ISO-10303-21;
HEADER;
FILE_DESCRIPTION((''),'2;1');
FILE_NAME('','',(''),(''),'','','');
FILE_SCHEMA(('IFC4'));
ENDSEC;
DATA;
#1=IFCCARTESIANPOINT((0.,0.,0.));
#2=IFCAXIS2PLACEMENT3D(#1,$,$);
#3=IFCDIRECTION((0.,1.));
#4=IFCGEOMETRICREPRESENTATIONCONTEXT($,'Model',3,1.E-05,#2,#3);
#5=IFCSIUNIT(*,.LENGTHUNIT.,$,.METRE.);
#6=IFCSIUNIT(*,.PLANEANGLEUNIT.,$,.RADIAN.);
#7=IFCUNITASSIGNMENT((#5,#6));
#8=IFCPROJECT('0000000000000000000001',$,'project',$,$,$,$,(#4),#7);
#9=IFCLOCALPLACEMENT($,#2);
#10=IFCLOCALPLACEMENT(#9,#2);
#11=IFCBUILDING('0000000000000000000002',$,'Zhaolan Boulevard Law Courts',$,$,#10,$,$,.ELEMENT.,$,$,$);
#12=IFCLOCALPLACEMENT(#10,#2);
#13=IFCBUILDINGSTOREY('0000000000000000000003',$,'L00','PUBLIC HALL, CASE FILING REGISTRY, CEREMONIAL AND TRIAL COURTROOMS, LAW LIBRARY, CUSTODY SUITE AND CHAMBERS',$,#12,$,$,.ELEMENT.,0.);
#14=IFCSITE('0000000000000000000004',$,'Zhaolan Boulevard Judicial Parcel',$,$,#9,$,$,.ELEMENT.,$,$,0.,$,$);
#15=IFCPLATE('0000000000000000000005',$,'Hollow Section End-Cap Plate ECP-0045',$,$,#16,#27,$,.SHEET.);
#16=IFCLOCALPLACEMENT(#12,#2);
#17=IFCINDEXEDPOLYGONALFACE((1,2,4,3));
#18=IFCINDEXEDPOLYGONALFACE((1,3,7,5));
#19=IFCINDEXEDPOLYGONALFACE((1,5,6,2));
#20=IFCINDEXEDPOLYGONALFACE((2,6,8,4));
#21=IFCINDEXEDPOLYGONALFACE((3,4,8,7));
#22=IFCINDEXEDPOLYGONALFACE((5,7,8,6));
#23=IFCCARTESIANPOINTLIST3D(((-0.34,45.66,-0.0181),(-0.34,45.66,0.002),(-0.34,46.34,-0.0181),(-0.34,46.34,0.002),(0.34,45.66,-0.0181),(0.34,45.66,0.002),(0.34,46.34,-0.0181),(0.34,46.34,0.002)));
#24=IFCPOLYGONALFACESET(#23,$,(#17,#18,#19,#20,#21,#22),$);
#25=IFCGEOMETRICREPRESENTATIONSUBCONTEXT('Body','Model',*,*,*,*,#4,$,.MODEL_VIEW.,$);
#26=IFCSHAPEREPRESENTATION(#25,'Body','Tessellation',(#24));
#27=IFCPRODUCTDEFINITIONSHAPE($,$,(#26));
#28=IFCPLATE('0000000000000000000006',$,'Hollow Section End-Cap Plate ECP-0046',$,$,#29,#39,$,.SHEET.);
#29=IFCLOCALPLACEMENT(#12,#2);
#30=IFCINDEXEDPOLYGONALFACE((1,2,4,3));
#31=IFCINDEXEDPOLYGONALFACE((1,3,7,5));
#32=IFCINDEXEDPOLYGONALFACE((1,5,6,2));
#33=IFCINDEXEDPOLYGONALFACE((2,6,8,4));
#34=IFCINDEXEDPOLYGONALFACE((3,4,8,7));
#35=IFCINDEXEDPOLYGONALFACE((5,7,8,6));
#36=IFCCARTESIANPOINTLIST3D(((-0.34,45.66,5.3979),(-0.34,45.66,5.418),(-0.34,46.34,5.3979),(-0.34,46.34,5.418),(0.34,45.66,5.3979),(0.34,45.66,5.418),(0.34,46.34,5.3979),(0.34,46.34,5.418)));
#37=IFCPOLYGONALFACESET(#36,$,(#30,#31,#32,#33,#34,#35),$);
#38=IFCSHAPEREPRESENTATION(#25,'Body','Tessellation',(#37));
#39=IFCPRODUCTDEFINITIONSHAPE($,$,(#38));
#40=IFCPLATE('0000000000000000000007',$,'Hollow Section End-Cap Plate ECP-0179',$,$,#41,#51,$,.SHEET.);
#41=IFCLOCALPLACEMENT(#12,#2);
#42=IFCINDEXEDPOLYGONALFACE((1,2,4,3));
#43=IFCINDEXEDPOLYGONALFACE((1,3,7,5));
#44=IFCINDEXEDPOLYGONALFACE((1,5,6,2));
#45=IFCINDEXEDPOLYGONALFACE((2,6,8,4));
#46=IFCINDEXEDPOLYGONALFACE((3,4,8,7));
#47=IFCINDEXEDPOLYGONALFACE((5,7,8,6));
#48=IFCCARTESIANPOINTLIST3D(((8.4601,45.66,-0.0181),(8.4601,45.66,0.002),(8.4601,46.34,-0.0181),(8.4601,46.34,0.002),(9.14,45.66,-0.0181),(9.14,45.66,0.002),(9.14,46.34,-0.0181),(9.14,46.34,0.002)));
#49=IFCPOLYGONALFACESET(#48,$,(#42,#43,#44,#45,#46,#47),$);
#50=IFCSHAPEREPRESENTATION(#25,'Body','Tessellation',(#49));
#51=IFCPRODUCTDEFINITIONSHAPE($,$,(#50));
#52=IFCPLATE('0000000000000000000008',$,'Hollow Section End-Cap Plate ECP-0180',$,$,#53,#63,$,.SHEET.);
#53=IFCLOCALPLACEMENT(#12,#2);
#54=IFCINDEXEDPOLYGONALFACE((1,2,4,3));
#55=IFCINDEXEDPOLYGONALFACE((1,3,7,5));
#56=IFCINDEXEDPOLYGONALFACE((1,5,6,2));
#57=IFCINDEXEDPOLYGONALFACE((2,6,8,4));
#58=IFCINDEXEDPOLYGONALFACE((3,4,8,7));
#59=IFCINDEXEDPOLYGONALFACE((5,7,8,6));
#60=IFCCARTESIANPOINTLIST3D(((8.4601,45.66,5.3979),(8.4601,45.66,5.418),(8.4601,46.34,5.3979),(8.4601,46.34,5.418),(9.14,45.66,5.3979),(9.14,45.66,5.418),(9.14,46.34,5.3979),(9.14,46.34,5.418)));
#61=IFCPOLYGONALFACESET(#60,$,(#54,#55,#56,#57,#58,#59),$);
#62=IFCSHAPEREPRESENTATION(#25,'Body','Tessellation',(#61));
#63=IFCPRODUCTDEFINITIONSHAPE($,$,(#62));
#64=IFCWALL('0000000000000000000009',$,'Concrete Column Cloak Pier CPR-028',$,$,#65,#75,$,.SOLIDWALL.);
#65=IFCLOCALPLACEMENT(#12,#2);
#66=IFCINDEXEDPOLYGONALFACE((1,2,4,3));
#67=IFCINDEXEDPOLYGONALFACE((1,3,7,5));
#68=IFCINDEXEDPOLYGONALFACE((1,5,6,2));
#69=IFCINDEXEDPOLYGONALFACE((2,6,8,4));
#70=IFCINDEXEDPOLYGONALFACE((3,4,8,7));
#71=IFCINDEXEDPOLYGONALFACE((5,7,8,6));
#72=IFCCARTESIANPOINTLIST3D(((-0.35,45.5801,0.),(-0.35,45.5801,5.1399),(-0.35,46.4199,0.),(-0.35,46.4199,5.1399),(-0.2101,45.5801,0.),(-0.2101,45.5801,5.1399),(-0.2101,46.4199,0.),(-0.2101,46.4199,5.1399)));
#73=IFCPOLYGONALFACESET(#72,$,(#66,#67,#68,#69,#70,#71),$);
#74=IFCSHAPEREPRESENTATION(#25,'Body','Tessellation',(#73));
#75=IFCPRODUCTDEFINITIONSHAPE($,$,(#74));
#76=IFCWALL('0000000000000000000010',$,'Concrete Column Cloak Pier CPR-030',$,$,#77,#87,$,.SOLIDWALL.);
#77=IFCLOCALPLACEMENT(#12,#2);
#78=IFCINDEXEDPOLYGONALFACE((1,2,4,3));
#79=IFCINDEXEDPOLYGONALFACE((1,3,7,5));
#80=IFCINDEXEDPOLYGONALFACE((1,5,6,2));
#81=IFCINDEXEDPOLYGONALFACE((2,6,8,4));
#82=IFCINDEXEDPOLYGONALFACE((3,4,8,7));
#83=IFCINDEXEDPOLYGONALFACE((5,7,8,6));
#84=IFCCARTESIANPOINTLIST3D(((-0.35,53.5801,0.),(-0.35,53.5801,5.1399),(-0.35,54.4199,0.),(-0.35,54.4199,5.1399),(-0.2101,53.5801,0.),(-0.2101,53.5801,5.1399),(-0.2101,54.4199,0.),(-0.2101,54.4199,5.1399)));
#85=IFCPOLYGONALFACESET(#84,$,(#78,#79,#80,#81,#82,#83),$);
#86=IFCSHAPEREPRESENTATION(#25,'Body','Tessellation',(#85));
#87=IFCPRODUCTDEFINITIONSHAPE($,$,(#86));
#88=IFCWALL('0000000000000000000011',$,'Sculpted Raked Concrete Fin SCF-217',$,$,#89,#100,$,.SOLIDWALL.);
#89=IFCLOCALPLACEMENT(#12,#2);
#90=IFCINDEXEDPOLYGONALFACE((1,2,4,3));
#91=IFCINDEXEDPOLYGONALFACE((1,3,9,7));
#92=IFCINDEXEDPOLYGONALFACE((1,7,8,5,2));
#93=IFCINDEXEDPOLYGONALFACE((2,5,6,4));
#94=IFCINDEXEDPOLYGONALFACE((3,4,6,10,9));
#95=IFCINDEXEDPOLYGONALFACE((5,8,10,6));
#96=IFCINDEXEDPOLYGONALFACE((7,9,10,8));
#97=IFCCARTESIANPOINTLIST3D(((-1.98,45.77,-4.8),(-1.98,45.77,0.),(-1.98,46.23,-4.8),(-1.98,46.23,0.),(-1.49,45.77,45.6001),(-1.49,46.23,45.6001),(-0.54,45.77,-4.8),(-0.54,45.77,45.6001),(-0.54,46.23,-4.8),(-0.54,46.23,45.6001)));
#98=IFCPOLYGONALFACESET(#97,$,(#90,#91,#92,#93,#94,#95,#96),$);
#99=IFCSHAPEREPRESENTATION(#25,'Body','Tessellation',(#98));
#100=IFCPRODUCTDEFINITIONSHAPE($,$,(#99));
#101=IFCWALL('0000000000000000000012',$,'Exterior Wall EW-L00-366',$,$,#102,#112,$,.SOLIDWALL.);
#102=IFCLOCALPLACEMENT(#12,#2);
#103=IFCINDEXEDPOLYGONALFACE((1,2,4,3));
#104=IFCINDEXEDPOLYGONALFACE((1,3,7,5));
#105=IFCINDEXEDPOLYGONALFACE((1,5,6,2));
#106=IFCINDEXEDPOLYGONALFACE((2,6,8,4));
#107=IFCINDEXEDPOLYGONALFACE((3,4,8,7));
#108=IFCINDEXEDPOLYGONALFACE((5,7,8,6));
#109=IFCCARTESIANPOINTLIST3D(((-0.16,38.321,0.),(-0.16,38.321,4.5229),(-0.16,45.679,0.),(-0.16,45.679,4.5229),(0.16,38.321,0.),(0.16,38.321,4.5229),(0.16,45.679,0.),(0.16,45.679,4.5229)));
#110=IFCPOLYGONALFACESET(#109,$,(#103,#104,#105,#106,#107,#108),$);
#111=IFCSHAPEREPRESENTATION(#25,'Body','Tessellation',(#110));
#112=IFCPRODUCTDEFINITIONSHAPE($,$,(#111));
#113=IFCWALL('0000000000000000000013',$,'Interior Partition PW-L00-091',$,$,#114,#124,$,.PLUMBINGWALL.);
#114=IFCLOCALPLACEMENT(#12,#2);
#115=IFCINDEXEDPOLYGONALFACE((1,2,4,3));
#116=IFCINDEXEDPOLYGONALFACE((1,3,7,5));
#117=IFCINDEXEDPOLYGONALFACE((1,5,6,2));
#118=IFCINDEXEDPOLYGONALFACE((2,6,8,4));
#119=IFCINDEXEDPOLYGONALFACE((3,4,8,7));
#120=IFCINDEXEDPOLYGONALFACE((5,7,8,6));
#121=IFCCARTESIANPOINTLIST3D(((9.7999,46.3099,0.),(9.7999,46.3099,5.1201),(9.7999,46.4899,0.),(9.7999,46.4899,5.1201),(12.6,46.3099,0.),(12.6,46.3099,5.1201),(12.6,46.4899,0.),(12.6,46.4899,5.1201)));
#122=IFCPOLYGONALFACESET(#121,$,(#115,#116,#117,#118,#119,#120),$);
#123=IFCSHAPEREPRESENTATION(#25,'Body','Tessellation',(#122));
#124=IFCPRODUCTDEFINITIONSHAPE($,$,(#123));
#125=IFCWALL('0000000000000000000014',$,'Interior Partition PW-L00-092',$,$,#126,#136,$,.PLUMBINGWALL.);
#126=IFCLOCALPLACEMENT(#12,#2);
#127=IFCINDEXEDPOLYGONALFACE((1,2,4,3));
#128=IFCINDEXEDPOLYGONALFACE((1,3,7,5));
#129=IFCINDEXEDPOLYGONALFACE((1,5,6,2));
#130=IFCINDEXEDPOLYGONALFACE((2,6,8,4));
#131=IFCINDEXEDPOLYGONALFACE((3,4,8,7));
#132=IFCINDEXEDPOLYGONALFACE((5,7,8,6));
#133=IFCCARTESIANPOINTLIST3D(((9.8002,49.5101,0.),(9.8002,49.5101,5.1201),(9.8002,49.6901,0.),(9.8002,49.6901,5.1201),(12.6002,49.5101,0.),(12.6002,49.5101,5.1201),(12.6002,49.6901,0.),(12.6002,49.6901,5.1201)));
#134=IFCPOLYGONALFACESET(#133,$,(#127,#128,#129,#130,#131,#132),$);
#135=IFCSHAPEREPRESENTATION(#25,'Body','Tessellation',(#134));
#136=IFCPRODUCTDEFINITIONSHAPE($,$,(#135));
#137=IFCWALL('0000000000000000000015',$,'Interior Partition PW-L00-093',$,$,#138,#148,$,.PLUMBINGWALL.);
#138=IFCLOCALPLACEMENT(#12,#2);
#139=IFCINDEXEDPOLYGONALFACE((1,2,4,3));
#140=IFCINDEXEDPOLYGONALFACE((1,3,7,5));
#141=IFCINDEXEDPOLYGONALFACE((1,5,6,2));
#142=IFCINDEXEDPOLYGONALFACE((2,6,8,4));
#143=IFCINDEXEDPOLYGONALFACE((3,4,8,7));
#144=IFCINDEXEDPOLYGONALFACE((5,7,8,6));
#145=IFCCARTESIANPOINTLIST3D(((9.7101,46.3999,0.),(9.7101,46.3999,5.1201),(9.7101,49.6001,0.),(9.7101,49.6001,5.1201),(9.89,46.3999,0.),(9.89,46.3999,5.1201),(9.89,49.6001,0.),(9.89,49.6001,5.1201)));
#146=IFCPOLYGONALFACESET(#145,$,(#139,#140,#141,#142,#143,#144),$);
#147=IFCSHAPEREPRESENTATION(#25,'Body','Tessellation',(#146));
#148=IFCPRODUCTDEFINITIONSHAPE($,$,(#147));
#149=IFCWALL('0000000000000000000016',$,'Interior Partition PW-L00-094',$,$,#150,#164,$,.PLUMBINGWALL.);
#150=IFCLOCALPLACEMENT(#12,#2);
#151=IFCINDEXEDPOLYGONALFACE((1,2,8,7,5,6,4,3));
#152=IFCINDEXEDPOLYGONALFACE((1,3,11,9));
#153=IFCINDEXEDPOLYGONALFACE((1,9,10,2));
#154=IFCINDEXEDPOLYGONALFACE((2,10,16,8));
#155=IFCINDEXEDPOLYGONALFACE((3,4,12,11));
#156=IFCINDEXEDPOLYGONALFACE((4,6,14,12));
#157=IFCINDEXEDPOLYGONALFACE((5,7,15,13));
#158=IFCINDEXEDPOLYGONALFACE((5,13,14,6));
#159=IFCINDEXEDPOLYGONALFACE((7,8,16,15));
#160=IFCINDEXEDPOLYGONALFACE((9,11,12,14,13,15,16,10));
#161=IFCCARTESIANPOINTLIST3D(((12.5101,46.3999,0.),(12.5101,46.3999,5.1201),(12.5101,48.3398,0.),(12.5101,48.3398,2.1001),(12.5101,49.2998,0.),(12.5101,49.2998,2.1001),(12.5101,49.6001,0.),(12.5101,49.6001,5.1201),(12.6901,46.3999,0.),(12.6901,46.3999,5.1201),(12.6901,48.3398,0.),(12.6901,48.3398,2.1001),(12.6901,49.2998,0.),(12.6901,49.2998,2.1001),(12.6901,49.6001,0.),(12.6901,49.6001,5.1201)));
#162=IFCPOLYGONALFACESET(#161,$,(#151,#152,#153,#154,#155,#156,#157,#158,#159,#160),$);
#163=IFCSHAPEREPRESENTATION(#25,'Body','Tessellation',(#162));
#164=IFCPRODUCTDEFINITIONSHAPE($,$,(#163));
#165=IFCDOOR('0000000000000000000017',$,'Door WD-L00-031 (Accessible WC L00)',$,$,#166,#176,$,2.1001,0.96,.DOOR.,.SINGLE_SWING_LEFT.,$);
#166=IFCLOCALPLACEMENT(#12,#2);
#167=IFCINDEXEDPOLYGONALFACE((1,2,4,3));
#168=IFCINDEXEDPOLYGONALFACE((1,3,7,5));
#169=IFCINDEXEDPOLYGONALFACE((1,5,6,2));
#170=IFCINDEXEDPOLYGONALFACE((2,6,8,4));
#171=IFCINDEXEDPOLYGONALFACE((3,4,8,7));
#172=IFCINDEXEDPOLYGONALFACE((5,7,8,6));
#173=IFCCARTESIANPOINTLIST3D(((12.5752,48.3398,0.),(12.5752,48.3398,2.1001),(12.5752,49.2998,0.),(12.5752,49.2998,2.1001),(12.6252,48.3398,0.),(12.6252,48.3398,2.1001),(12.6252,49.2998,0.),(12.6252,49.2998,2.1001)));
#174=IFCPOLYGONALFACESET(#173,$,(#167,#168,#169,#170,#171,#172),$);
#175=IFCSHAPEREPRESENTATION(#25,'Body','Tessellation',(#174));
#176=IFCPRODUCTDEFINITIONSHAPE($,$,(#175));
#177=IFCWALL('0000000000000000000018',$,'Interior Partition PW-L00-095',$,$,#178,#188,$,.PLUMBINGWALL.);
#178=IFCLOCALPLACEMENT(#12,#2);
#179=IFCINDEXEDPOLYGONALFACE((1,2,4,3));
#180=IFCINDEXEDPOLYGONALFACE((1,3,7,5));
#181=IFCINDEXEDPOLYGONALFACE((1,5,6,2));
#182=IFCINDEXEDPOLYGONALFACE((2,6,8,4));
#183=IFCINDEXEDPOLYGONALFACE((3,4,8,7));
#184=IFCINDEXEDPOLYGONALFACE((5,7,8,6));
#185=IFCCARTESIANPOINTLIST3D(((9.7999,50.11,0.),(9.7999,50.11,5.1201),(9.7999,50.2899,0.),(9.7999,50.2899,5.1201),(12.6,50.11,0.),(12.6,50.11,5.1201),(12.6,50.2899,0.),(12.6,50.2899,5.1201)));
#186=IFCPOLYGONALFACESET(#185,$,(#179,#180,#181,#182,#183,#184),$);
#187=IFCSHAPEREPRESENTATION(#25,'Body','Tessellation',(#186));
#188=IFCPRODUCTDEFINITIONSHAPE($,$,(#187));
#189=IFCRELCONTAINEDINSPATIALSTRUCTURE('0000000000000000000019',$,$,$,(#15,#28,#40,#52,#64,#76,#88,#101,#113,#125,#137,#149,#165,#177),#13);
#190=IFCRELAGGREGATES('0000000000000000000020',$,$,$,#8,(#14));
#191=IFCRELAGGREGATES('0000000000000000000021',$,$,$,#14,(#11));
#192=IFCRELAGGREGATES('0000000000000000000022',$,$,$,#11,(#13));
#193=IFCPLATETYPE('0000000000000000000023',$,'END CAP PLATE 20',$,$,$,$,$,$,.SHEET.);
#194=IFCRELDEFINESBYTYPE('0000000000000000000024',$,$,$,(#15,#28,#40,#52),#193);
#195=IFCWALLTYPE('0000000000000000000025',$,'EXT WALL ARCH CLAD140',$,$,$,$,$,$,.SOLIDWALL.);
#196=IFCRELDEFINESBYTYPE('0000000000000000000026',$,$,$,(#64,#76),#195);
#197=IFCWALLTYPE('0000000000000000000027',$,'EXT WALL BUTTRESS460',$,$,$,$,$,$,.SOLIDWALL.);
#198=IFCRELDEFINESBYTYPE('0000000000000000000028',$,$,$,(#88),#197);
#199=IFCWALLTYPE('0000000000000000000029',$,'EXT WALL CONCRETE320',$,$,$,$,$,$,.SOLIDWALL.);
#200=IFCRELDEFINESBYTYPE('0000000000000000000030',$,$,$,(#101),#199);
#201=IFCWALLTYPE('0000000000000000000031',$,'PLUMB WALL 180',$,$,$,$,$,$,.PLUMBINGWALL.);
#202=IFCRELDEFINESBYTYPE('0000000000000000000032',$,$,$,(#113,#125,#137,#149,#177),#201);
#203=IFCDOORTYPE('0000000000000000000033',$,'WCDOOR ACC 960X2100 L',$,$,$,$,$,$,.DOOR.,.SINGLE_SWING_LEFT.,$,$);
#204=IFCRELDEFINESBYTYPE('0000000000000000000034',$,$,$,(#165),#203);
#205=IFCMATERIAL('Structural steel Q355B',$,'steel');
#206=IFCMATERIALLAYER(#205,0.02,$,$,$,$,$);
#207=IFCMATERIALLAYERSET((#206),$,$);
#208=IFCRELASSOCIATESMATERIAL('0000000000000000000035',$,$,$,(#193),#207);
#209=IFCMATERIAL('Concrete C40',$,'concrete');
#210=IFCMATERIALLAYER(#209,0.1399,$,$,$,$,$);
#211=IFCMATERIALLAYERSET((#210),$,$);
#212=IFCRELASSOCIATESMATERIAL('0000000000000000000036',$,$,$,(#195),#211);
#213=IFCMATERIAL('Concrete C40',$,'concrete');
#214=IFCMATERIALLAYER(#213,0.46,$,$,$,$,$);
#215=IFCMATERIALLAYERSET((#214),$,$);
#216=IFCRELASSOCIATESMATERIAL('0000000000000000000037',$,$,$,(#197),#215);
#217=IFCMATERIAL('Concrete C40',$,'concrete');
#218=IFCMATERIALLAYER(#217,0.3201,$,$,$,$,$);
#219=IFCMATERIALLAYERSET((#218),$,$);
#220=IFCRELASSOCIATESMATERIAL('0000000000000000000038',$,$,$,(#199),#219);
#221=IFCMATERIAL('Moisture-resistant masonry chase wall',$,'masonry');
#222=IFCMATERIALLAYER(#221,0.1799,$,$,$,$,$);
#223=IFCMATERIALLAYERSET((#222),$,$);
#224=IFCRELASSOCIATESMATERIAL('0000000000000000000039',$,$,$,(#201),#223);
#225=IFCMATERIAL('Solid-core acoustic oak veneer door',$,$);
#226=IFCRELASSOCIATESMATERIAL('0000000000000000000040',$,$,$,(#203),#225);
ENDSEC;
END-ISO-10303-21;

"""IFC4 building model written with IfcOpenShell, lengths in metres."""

from ifc_helpers import new_model, si_unit, direction, frame, frame_2d, origin, origin_2d, place, context, subcontext, project, spatial, polyline, rectangle, outline, extrude, material, layer, layer_set, type_object, element, fill, save


model = new_model("IFC4")

# Units and contexts
model_context = context("Model", 3, precision=1e-05, world=origin(), true_north=direction((0.0, 1.0)))
body_context = subcontext(model_context, "Body", "Model", "MODEL_VIEW")
ifc_project = project(units=[si_unit("LENGTHUNIT", "METRE"), si_unit("PLANEANGLEUNIT", "RADIAN")], contexts=[model_context])

# Site, building, storey
site_placement = place(None, origin())
site = spatial("IfcSite", under=ifc_project, at=site_placement, Name="Zhaolan Boulevard Judicial Parcel", CompositionType="ELEMENT", RefElevation=0.0)
building_placement = place(site_placement, origin())
building = spatial("IfcBuilding", under=site, at=building_placement, Name="Zhaolan Boulevard Law Courts", CompositionType="ELEMENT")
storey_placement = place(building_placement, origin())
storey = spatial("IfcBuildingStorey", under=building, at=storey_placement, Name="L00", Description="PUBLIC HALL, CASE FILING REGISTRY, CEREMONIAL AND TRIAL COURTROOMS, LAW LIBRARY, CUSTODY SUITE AND CHAMBERS", CompositionType="ELEMENT", Elevation=0.0)

# Plates
ifc_material_1 = material(Name="Structural steel Q355B", Category="steel")
ifc_layer_1 = layer(ifc_material_1, 0.02)
ifc_layer_set_1 = layer_set([ifc_layer_1])
plate_type = type_object("IfcPlateType", Name="END CAP PLATE 20", PredefinedType="SHEET", material=ifc_layer_set_1)
for number, where, z_axis, x_axis, name in (
    (1, (0.0, 46.0, -0.0181), (0.0, 0.0, 1.0), (1.0, 0.0, 0.0), "Hollow Section End-Cap Plate ECP-0045"),
    (2, (0.0, 46.0, 5.3979), (0.0, 0.0, 1.0), (1.0, 0.0, 0.0), "Hollow Section End-Cap Plate ECP-0046"),
    (3, (8.8, 46.0, -0.0181), (0.0, 0.0, 1.0), (1.0, 0.0, 0.0), "Hollow Section End-Cap Plate ECP-0179"),
    (4, (8.8, 46.0, 5.3979), (0.0, 0.0, 1.0), (1.0, 0.0, 0.0), "Hollow Section End-Cap Plate ECP-0180"),
):
    element("IfcPlate", number, at=place(storey_placement, frame(where, z_axis=z_axis, x_axis=x_axis)), inside=storey, type_object=plate_type, Name=name, PredefinedType="SHEET", context=body_context, shape_type="SweptSolid", body=[
        extrude(rectangle(XDim=0.6799, YDim=0.6799, at=origin_2d()), origin(), (0.0, 0.0, 1.0), 0.02),
    ])

# Walls
ifc_material_2 = material(Name="Concrete C40", Category="concrete")
ifc_layer_2 = layer(ifc_material_2, 0.1399)
ifc_layer_set_2 = layer_set([ifc_layer_2])
wall_type_1 = type_object("IfcWallType", Name="EXT WALL ARCH CLAD140", PredefinedType="SOLIDWALL", material=ifc_layer_set_2)
for number, where, z_axis, x_axis, name in (
    (5, (-0.28, 45.5801, 0.0), (0.0, 0.0, 1.0), (0.0, 1.0, 0.0), "Concrete Column Cloak Pier CPR-028"),
    (6, (-0.28, 53.5801, 0.0), (0.0, 0.0, 1.0), (0.0, 1.0, 0.0), "Concrete Column Cloak Pier CPR-030"),
):
    element("IfcWall", number, at=place(storey_placement, frame(where, z_axis=z_axis, x_axis=x_axis)), inside=storey, type_object=wall_type_1, Name=name, PredefinedType="SOLIDWALL", context=body_context, shape_type="SweptSolid", body=[
        extrude(rectangle(XDim=0.8398, YDim=0.1399, at=frame_2d((0.4199, 0.0))), origin(), (0.0, 0.0, 1.0), 5.1399),
    ])
ifc_material_3 = material(Name="Concrete C40", Category="concrete")
ifc_layer_3 = layer(ifc_material_3, 0.46)
ifc_layer_set_3 = layer_set([ifc_layer_3])
wall_type_2 = type_object("IfcWallType", Name="EXT WALL BUTTRESS460", PredefinedType="SOLIDWALL", material=ifc_layer_set_3)
wall_1_placement = place(storey_placement, frame((-0.54, 46.0, -4.8), z_axis=(0.0, 0.0, 1.0), x_axis=(-1.0, 0.0, 0.0)))
element("IfcWall", 7, at=wall_1_placement, inside=storey, type_object=wall_type_2, Name="Sculpted Raked Concrete Fin SCF-217", PredefinedType="SOLIDWALL", context=body_context, shape_type="SweptSolid", body=[
    extrude(outline(polyline([(0.0, 0.0), (1.4399, 0.0), (1.4399, 4.8), (0.95, 50.4001), (0.0, 50.4001), (0.0, 0.0)])), frame((0.0, 0.23, 0.0), z_axis=(0.0, -1.0, 0.0), x_axis=(1.0, 0.0, 0.0)), (0.0, 0.0, 1.0), 0.46),
])
ifc_material_4 = material(Name="Concrete C40", Category="concrete")
ifc_layer_4 = layer(ifc_material_4, 0.3201)
ifc_layer_set_4 = layer_set([ifc_layer_4])
wall_type_3 = type_object("IfcWallType", Name="EXT WALL CONCRETE320", PredefinedType="SOLIDWALL", material=ifc_layer_set_4)
wall_2_placement = place(storey_placement, frame((0.0, 45.679, 0.0), z_axis=(0.0, 0.0, 1.0), x_axis=(0.0, -1.0, 0.0)))
element("IfcWall", 8, at=wall_2_placement, inside=storey, type_object=wall_type_3, Name="Exterior Wall EW-L00-366", PredefinedType="SOLIDWALL", context=body_context, shape_type="SweptSolid", body=[
    extrude(rectangle(XDim=7.3579, YDim=0.3201, at=frame_2d((3.679, 0.0))), origin(), (0.0, 0.0, 1.0), 4.5229),
])
ifc_material_5 = material(Name="Moisture-resistant masonry chase wall", Category="masonry")
ifc_layer_5 = layer(ifc_material_5, 0.1799)
ifc_layer_set_5 = layer_set([ifc_layer_5])
wall_type_4 = type_object("IfcWallType", Name="PLUMB WALL 180", PredefinedType="PLUMBINGWALL", material=ifc_layer_set_5)
for number, where, z_axis, x_axis, name in (
    (9, (9.8, 46.3999, 0.0), (0.0, 0.0, 1.0), (1.0, 0.0, 0.0), "Interior Partition PW-L00-091"),
    (10, (12.6001, 49.6001, 0.0), (0.0, 0.0, 1.0), (-1.0, 0.0, 0.0), "Interior Partition PW-L00-092"),
):
    element("IfcWall", number, at=place(storey_placement, frame(where, z_axis=z_axis, x_axis=x_axis)), inside=storey, type_object=wall_type_4, Name=name, PredefinedType="PLUMBINGWALL", context=body_context, shape_type="SweptSolid", body=[
        extrude(rectangle(XDim=2.8, YDim=0.1799, at=frame_2d((1.3999, 0.0))), origin(), (0.0, 0.0, 1.0), 5.1201),
    ])
wall_3_placement = place(storey_placement, frame((9.8, 49.6001, 0.0), z_axis=(0.0, 0.0, 1.0), x_axis=(0.0, -1.0, 0.0)))
element("IfcWall", 11, at=wall_3_placement, inside=storey, type_object=wall_type_4, Name="Interior Partition PW-L00-093", PredefinedType="PLUMBINGWALL", context=body_context, shape_type="SweptSolid", body=[
    extrude(rectangle(XDim=3.2002, YDim=0.1799, at=frame_2d((1.6001, 0.0))), origin(), (0.0, 0.0, 1.0), 5.1201),
])

# Wall, opening, door
wall_4_placement = place(storey_placement, frame((12.6001, 46.3999, 0.0), z_axis=(0.0, 0.0, 1.0), x_axis=(0.0, 1.0, 0.0)))
wall_4 = element("IfcWall", 12, at=wall_4_placement, inside=storey, type_object=wall_type_4, Name="Interior Partition PW-L00-094", PredefinedType="PLUMBINGWALL", context=body_context, shape_type="SweptSolid", body=[
    extrude(rectangle(XDim=3.2002, YDim=0.1799, at=frame_2d((1.6001, 0.0))), origin(), (0.0, 0.0, 1.0), 5.1201),
])
opening_1_placement = place(wall_4_placement, frame((1.9399, 0.0, 0.0)))
opening_1 = element("IfcOpeningElement", 13, at=opening_1_placement, cuts=wall_4, PredefinedType="OPENING", context=body_context, shape_type="SweptSolid", body=[
    extrude(rectangle(XDim=0.96, YDim=2.1001, at=frame_2d((0.48, 1.05))), frame((0.0, 0.0999, 0.0), z_axis=(0.0, -1.0, 0.0), x_axis=(1.0, 0.0, 0.0)), (0.0, 0.0, 1.0), 0.2),
])
ifc_material_6 = material(Name="Solid-core acoustic oak veneer door")
door_type_1 = type_object("IfcDoorType", Name="WCDOOR ACC 960X2100 L", OperationType="SINGLE_SWING_LEFT", PredefinedType="DOOR", material=ifc_material_6)
door_1_placement = place(opening_1_placement, origin())
door_1 = element("IfcDoor", 14, at=door_1_placement, inside=storey, type_object=door_type_1, Name="Door WD-L00-031 (Accessible WC L00)", OperationType="SINGLE_SWING_LEFT", OverallHeight=2.1001, OverallWidth=0.96, PredefinedType="DOOR", context=body_context, shape_type="SweptSolid", body=[
    extrude(rectangle(XDim=0.96, YDim=2.1001, at=frame_2d((0.48, 1.05))), frame((0.0, 0.0249, 0.0), z_axis=(0.0, -1.0, 0.0), x_axis=(1.0, 0.0, 0.0)), (0.0, 0.0, 1.0), 0.05),
])
fill(opening_1, door_1)

# Wall
wall_5_placement = place(storey_placement, frame((9.8, 50.2, 0.0), z_axis=(0.0, 0.0, 1.0), x_axis=(1.0, 0.0, 0.0)))
element("IfcWall", 15, at=wall_5_placement, inside=storey, type_object=wall_type_4, Name="Interior Partition PW-L00-095", PredefinedType="PLUMBINGWALL", context=body_context, shape_type="SweptSolid", body=[
    extrude(rectangle(XDim=2.8, YDim=0.1799, at=frame_2d((1.3999, 0.0))), origin(), (0.0, 0.0, 1.0), 5.1201),
])

save(model, "model.ifc")
